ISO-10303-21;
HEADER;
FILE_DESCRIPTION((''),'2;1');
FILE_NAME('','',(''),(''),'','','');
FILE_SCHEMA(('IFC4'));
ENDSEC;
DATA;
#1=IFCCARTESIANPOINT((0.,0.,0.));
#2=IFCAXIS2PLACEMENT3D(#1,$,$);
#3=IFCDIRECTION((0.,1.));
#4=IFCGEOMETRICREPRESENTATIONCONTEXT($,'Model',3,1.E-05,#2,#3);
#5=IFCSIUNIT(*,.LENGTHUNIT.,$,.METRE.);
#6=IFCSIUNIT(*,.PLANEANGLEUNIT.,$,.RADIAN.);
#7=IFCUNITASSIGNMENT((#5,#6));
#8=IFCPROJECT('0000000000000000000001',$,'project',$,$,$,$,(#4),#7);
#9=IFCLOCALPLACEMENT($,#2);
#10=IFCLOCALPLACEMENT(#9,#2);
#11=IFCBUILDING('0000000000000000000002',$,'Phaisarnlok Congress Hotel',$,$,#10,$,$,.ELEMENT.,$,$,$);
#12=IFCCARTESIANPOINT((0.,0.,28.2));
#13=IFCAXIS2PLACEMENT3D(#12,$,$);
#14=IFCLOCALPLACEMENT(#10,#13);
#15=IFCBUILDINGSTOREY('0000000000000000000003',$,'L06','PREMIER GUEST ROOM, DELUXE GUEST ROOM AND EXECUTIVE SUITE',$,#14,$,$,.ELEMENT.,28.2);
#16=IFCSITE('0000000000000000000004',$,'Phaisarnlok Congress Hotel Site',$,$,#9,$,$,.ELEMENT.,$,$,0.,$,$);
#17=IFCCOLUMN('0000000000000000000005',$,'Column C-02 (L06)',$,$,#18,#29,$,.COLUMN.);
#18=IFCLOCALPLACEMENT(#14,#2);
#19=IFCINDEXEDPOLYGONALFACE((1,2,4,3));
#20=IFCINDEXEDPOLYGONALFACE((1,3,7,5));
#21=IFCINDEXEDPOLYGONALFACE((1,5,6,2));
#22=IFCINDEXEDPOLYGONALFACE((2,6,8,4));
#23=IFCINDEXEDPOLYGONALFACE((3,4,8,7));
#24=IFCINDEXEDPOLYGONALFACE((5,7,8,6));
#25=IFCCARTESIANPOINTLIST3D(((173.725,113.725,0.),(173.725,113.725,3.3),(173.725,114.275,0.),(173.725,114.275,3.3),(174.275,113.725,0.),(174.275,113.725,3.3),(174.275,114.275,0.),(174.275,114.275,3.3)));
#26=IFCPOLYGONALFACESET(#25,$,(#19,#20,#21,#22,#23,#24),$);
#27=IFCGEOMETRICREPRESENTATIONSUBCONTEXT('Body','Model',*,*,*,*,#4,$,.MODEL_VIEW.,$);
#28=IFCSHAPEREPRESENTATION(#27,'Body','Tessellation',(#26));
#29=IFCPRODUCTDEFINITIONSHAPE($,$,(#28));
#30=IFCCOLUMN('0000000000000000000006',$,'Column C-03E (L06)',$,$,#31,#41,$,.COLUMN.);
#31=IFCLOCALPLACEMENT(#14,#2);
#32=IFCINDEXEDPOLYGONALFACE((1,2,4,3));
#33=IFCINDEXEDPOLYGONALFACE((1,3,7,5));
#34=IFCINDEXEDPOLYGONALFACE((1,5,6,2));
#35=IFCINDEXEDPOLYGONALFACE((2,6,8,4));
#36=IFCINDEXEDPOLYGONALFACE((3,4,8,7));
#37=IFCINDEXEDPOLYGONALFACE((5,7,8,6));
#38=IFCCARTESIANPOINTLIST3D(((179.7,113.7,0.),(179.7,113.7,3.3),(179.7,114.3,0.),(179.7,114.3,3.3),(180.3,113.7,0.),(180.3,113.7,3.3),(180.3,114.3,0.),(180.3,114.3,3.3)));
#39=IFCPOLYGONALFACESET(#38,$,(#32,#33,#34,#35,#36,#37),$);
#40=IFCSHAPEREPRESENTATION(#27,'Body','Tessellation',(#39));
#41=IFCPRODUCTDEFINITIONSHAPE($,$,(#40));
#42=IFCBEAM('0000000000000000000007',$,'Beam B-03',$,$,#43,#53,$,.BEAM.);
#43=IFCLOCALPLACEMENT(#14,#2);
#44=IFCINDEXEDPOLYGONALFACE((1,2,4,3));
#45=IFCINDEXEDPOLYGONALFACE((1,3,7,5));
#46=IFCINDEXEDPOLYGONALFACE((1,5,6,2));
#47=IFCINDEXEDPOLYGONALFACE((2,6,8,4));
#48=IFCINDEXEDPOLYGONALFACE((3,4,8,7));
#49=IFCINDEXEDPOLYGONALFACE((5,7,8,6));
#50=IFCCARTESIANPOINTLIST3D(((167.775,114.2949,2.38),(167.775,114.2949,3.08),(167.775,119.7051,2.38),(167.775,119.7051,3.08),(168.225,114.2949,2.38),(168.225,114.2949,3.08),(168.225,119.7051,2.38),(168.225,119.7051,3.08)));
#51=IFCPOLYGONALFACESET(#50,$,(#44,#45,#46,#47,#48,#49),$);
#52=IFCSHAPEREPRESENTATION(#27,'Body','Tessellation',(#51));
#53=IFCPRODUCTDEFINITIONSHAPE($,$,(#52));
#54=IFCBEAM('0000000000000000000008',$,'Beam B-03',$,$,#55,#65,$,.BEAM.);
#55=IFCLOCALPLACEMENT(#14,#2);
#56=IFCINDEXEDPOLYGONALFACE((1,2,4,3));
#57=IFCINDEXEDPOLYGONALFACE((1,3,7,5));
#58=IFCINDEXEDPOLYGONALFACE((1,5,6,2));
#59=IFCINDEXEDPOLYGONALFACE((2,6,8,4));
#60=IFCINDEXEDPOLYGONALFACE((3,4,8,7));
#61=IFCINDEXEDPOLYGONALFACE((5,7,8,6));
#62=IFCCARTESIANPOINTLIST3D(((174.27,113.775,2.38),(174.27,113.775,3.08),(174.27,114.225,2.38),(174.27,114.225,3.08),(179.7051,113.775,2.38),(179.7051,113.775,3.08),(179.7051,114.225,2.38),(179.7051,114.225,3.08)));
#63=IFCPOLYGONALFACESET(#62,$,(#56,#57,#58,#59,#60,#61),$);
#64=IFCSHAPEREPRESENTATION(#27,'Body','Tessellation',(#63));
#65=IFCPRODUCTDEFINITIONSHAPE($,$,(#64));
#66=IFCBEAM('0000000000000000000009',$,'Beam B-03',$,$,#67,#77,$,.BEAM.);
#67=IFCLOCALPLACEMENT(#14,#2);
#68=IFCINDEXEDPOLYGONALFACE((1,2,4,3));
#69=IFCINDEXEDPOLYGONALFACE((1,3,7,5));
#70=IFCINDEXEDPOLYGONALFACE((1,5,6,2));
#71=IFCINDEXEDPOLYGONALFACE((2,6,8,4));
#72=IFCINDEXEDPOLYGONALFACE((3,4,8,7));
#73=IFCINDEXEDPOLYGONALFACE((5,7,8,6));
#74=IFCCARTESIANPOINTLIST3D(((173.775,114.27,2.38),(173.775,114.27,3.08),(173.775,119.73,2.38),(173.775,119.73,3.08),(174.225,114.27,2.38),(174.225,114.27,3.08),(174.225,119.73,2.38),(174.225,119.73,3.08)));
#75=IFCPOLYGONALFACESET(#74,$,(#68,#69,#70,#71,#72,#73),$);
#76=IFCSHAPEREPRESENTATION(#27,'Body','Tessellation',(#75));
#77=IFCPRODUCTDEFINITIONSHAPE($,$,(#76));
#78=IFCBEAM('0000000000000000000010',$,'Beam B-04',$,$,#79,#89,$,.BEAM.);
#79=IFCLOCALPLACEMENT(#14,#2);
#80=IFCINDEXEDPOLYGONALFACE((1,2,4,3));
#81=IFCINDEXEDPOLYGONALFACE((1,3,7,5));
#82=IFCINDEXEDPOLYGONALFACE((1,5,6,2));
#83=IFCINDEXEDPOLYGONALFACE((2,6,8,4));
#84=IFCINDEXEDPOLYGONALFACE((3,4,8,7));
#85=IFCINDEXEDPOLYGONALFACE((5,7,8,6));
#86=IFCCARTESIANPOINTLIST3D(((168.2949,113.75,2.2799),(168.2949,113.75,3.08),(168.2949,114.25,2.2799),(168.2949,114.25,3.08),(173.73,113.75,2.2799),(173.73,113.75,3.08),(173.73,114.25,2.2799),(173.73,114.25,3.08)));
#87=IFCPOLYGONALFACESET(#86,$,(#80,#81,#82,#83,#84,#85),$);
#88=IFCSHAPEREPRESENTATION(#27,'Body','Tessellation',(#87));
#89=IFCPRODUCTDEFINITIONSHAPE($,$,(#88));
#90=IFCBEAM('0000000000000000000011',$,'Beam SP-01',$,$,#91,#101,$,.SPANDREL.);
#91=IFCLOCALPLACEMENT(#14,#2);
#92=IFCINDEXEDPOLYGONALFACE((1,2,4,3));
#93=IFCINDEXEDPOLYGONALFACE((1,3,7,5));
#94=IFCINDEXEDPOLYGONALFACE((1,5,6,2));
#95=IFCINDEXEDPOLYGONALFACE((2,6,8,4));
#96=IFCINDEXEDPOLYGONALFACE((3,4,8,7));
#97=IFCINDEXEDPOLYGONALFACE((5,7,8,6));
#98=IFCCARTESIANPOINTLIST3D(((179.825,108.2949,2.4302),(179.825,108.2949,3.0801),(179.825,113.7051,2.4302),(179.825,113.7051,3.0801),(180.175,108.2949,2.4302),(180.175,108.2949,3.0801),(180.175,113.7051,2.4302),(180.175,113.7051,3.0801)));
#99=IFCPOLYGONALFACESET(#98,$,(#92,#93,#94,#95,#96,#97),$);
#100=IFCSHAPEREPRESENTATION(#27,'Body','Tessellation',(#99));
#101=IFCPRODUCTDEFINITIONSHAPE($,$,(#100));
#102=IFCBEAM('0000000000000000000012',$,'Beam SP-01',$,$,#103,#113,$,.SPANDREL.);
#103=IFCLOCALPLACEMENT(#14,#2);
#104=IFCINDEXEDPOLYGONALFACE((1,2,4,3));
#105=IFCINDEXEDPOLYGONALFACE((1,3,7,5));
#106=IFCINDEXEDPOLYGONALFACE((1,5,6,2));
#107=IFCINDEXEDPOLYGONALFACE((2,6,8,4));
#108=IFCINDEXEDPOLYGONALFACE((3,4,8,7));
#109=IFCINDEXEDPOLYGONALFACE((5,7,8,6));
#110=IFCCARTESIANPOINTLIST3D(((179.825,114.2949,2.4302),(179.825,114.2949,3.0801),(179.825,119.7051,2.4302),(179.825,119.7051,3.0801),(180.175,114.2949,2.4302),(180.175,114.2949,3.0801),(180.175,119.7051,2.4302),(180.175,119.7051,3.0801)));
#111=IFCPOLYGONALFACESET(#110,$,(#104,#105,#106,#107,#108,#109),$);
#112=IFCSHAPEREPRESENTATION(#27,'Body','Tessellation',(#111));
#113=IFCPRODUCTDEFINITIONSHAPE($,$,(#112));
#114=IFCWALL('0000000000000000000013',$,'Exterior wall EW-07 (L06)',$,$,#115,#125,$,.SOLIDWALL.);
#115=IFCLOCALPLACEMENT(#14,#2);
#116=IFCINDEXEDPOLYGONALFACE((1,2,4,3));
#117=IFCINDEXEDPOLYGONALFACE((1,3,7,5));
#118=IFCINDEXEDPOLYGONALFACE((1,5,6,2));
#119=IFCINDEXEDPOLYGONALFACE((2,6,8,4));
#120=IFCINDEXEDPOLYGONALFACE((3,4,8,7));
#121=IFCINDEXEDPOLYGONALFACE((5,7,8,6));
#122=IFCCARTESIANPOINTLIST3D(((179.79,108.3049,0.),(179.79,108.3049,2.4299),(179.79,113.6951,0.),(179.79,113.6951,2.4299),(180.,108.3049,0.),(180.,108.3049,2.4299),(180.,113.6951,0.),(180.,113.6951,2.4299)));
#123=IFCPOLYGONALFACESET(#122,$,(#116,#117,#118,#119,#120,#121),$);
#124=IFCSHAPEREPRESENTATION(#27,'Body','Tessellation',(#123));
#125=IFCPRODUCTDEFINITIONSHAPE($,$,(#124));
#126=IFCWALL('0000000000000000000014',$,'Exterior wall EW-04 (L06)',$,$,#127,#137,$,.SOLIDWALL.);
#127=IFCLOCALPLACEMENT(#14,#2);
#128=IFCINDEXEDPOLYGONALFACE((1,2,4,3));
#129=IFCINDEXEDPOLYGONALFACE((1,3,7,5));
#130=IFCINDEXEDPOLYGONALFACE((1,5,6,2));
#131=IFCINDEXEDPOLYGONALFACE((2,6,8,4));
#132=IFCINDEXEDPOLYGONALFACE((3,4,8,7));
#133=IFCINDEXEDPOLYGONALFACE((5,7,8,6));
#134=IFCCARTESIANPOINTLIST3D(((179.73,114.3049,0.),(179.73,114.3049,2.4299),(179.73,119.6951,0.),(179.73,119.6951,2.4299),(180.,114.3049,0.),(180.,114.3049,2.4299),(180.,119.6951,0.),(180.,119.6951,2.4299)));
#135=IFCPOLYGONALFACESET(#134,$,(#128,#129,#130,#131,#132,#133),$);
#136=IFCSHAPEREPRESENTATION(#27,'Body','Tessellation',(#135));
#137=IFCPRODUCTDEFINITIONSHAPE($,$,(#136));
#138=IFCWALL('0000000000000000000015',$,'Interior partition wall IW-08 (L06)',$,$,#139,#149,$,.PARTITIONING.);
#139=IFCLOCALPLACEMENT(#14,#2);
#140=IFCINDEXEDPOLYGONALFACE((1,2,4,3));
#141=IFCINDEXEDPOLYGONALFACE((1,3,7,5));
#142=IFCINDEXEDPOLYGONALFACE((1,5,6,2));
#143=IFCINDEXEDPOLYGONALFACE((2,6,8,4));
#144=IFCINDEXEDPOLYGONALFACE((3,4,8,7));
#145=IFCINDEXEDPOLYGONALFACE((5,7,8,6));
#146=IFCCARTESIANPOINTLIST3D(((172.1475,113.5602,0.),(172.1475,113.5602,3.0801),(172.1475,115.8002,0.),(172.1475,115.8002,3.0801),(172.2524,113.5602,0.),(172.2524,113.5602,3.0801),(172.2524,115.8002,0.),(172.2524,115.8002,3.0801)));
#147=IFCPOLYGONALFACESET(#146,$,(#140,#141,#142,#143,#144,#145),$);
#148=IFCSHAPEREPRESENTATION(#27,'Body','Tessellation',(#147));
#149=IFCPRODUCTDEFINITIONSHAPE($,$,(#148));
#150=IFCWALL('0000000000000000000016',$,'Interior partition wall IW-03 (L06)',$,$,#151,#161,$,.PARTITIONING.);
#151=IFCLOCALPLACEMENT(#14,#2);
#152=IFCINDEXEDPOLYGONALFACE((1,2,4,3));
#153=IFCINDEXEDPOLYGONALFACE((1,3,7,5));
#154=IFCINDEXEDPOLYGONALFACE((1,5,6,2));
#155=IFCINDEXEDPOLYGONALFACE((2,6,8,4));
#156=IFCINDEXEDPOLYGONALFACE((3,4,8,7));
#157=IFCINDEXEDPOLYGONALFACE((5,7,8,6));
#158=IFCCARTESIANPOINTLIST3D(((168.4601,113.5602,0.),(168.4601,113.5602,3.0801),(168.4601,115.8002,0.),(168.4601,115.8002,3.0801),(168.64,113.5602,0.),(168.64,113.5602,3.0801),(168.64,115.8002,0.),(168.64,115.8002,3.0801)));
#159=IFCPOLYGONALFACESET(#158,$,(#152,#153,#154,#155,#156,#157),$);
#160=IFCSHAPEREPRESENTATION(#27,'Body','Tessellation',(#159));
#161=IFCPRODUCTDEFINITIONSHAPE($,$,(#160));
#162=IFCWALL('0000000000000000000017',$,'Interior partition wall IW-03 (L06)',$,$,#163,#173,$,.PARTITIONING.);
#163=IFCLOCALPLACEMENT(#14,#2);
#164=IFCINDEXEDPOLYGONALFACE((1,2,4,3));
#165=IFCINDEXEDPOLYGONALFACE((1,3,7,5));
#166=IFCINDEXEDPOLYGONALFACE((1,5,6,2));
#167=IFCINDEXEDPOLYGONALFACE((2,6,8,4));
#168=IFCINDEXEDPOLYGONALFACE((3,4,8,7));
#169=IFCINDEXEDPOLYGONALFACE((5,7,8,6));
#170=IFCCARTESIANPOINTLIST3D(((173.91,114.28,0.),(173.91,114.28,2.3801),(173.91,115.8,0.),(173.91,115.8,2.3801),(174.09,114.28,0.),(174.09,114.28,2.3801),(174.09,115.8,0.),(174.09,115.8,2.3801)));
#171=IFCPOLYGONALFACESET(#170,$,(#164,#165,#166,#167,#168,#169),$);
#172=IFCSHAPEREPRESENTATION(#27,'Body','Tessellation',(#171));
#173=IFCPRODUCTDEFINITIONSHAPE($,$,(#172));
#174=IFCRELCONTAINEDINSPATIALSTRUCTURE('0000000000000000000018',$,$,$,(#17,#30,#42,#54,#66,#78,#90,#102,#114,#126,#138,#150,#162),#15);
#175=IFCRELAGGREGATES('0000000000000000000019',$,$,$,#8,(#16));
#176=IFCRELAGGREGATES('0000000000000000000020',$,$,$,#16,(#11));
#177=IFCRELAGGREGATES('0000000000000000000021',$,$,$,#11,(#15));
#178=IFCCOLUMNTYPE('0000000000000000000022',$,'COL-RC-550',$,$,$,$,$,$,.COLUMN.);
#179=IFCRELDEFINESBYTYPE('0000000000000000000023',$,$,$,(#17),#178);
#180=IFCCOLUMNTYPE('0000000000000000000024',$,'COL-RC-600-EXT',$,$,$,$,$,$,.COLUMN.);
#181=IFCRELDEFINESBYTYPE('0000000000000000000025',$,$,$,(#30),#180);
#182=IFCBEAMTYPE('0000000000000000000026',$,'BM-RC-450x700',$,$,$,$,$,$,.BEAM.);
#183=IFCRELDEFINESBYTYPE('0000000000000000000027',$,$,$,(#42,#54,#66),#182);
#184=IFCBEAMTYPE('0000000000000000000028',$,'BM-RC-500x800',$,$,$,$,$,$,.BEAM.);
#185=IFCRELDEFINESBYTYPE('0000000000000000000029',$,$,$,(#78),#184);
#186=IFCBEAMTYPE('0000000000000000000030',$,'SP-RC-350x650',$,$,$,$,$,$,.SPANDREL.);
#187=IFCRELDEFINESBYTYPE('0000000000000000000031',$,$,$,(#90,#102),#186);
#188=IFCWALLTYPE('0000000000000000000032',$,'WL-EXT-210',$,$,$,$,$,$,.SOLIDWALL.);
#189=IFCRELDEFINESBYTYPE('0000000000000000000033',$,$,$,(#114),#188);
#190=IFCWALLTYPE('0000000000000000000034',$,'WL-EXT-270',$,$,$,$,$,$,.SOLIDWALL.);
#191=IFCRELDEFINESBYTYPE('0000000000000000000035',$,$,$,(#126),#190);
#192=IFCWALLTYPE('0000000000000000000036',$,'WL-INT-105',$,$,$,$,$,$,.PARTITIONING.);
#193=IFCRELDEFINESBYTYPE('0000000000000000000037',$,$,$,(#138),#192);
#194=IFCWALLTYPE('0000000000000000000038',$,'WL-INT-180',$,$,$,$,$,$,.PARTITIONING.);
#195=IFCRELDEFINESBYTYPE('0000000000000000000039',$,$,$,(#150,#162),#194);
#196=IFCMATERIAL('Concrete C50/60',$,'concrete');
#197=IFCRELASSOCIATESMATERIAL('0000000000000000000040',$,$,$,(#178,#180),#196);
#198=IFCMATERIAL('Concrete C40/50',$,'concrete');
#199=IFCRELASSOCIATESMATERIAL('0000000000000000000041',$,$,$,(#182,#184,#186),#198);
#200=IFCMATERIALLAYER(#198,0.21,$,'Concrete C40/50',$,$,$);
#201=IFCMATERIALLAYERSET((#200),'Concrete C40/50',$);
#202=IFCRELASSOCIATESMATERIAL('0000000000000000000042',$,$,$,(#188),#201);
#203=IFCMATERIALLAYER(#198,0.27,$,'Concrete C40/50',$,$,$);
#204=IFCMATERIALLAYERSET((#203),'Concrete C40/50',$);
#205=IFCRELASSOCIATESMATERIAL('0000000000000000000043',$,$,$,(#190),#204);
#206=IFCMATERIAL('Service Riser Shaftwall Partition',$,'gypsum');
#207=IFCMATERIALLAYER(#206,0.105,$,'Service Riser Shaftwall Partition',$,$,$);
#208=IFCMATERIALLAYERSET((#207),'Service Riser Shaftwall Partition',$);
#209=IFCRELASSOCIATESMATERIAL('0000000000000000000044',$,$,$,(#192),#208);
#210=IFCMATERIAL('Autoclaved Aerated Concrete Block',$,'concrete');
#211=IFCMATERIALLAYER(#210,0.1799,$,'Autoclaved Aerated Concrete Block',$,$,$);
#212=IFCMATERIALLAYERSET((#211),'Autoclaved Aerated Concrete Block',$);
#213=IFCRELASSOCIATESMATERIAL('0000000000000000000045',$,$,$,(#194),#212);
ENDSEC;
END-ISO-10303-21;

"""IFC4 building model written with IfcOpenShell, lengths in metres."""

from ifc_helpers import new_model, si_unit, direction, frame, frame_2d, origin, origin_2d, place, context, subcontext, project, spatial, rectangle, extrude, material, layer, layer_set, material_profile, profile_set, type_object, element, save


model = new_model("IFC4")

# Units and contexts
model_context = context("Model", 3, precision=1e-05, world=origin(), true_north=direction((0.0, 1.0)))
body_context = subcontext(model_context, "Body", "Model", "MODEL_VIEW")
ifc_project = project(units=[si_unit("LENGTHUNIT", "METRE"), si_unit("PLANEANGLEUNIT", "RADIAN")], contexts=[model_context])

# Site, building, storey
site_placement = place(None, origin())
site = spatial("IfcSite", under=ifc_project, at=site_placement, Name="Phaisarnlok Congress Hotel Site", CompositionType="ELEMENT", RefElevation=0.0)
building_placement = place(site_placement, origin())
building = spatial("IfcBuilding", under=site, at=building_placement, Name="Phaisarnlok Congress Hotel", CompositionType="ELEMENT")
storey_placement = place(building_placement, frame((0.0, 0.0, 28.2)))
storey = spatial("IfcBuildingStorey", under=building, at=storey_placement, Name="L06", Description="PREMIER GUEST ROOM, DELUXE GUEST ROOM AND EXECUTIVE SUITE", CompositionType="ELEMENT", Elevation=28.2)

# Columns
ifc_material_1 = material(Name="Concrete C50/60", Category="concrete")
ifc_material_profile_1 = material_profile(ifc_material_1, rectangle(XDim=0.55, YDim=0.55, at=origin_2d()), Name="RC 550x550")
ifc_profile_set_1 = profile_set([ifc_material_profile_1], Name="Concrete C50/60")
column_type_1 = type_object("IfcColumnType", Name="COL-RC-550", PredefinedType="COLUMN", material=ifc_profile_set_1)
column_1_placement = place(storey_placement, frame((174.0, 114.0, 0.0), z_axis=(0.0, 0.0, 1.0), x_axis=(1.0, 0.0, 0.0)))
element("IfcColumn", 1, at=column_1_placement, inside=storey, type_object=column_type_1, Name="Column C-02 (L06)", PredefinedType="COLUMN", context=body_context, shape_type="SweptSolid", body=[
    extrude(rectangle(XDim=0.55, YDim=0.55, at=origin_2d()), origin(), (0.0, 0.0, 1.0), 3.3),
])
ifc_material_profile_2 = material_profile(ifc_material_1, rectangle(XDim=0.6001, YDim=0.6001, at=origin_2d()), Name="RC 600x600")
ifc_profile_set_2 = profile_set([ifc_material_profile_2], Name="Concrete C50/60")
column_type_2 = type_object("IfcColumnType", Name="COL-RC-600-EXT", PredefinedType="COLUMN", material=ifc_profile_set_2)
column_2_placement = place(storey_placement, frame((180.0, 114.0, 0.0), z_axis=(0.0, 0.0, 1.0), x_axis=(1.0, 0.0, 0.0)))
element("IfcColumn", 2, at=column_2_placement, inside=storey, type_object=column_type_2, Name="Column C-03E (L06)", PredefinedType="COLUMN", context=body_context, shape_type="SweptSolid", body=[
    extrude(rectangle(XDim=0.6001, YDim=0.6001, at=origin_2d()), origin(), (0.0, 0.0, 1.0), 3.3),
])

# Beams
ifc_material_2 = material(Name="Concrete C40/50", Category="concrete")
ifc_material_profile_3 = material_profile(ifc_material_2, rectangle(XDim=0.45, YDim=0.7, at=origin_2d()), Name="RC 450x700")
ifc_profile_set_3 = profile_set([ifc_material_profile_3], Name="Concrete C40/50")
beam_type_1 = type_object("IfcBeamType", Name="BM-RC-450x700", PredefinedType="BEAM", material=ifc_profile_set_3)
beam_1_placement = place(storey_placement, frame((168.0, 114.2949, 2.73), z_axis=(0.0, 1.0, 0.0), x_axis=(-1.0, 0.0, 0.0)))
element("IfcBeam", 3, at=beam_1_placement, inside=storey, type_object=beam_type_1, Name="Beam B-03", PredefinedType="BEAM", context=body_context, shape_type="SweptSolid", body=[
    extrude(rectangle(XDim=0.45, YDim=0.7, at=origin_2d()), origin(), (0.0, 0.0, 1.0), 5.4102),
])
beam_2_placement = place(storey_placement, frame((174.27, 114.0, 2.73), z_axis=(1.0, 0.0, 0.0), x_axis=(0.0, 1.0, 0.0)))
element("IfcBeam", 4, at=beam_2_placement, inside=storey, type_object=beam_type_1, Name="Beam B-03", PredefinedType="BEAM", context=body_context, shape_type="SweptSolid", body=[
    extrude(rectangle(XDim=0.45, YDim=0.7, at=origin_2d()), origin(), (0.0, 0.0, 1.0), 5.4351),
])
beam_3_placement = place(storey_placement, frame((174.0, 114.27, 2.73), z_axis=(0.0, 1.0, 0.0), x_axis=(-1.0, 0.0, 0.0)))
element("IfcBeam", 5, at=beam_3_placement, inside=storey, type_object=beam_type_1, Name="Beam B-03", PredefinedType="BEAM", context=body_context, shape_type="SweptSolid", body=[
    extrude(rectangle(XDim=0.45, YDim=0.7, at=origin_2d()), origin(), (0.0, 0.0, 1.0), 5.46),
])
ifc_material_profile_4 = material_profile(ifc_material_2, rectangle(XDim=0.5, YDim=0.8, at=origin_2d()), Name="RC 500x800")
ifc_profile_set_4 = profile_set([ifc_material_profile_4], Name="Concrete C40/50")
beam_type_2 = type_object("IfcBeamType", Name="BM-RC-500x800", PredefinedType="BEAM", material=ifc_profile_set_4)
beam_4_placement = place(storey_placement, frame((168.2949, 114.0, 2.6799), z_axis=(1.0, 0.0, 0.0), x_axis=(0.0, 1.0, 0.0)))
element("IfcBeam", 6, at=beam_4_placement, inside=storey, type_object=beam_type_2, Name="Beam B-04", PredefinedType="BEAM", context=body_context, shape_type="SweptSolid", body=[
    extrude(rectangle(XDim=0.5, YDim=0.8, at=origin_2d()), origin(), (0.0, 0.0, 1.0), 5.4351),
])
ifc_material_profile_5 = material_profile(ifc_material_2, rectangle(XDim=0.3501, YDim=0.6499, at=origin_2d()), Name="RC 350x650")
ifc_profile_set_5 = profile_set([ifc_material_profile_5], Name="Concrete C40/50")
beam_type_3 = type_object("IfcBeamType", Name="SP-RC-350x650", PredefinedType="SPANDREL", material=ifc_profile_set_5)
for number, where, z_axis, x_axis, name in (
    (7, (180.0, 108.2949, 2.7551), (0.0, 1.0, 0.0), (-1.0, 0.0, 0.0), "Beam SP-01"),
    (8, (180.0, 114.2949, 2.7551), (0.0, 1.0, 0.0), (-1.0, 0.0, 0.0), "Beam SP-01"),
):
    element("IfcBeam", number, at=place(storey_placement, frame(where, z_axis=z_axis, x_axis=x_axis)), inside=storey, type_object=beam_type_3, Name=name, PredefinedType="SPANDREL", context=body_context, shape_type="SweptSolid", body=[
        extrude(rectangle(XDim=0.3501, YDim=0.6499, at=origin_2d()), origin(), (0.0, 0.0, 1.0), 5.4102),
    ])

# Walls
ifc_layer_1 = layer(ifc_material_2, 0.21, Name="Concrete C40/50")
ifc_layer_set_1 = layer_set([ifc_layer_1], Name="Concrete C40/50")
wall_type_1 = type_object("IfcWallType", Name="WL-EXT-210", PredefinedType="SOLIDWALL", material=ifc_layer_set_1)
wall_1_placement = place(storey_placement, frame((179.895, 108.3049, 0.0), z_axis=(0.0, 0.0, 1.0), x_axis=(0.0, 1.0, 0.0)))
element("IfcWall", 9, at=wall_1_placement, inside=storey, type_object=wall_type_1, Name="Exterior wall EW-07 (L06)", PredefinedType="SOLIDWALL", context=body_context, shape_type="SweptSolid", body=[
    extrude(rectangle(XDim=5.3901, YDim=0.21, at=frame_2d((2.6951, 0.0))), origin(), (0.0, 0.0, 1.0), 2.4299),
])
ifc_layer_2 = layer(ifc_material_2, 0.27, Name="Concrete C40/50")
ifc_layer_set_2 = layer_set([ifc_layer_2], Name="Concrete C40/50")
wall_type_2 = type_object("IfcWallType", Name="WL-EXT-270", PredefinedType="SOLIDWALL", material=ifc_layer_set_2)
wall_2_placement = place(storey_placement, frame((179.865, 114.3049, 0.0), z_axis=(0.0, 0.0, 1.0), x_axis=(0.0, 1.0, 0.0)))
element("IfcWall", 10, at=wall_2_placement, inside=storey, type_object=wall_type_2, Name="Exterior wall EW-04 (L06)", PredefinedType="SOLIDWALL", context=body_context, shape_type="SweptSolid", body=[
    extrude(rectangle(XDim=5.3901, YDim=0.27, at=frame_2d((2.6951, 0.0))), origin(), (0.0, 0.0, 1.0), 2.4299),
])
ifc_material_3 = material(Name="Service Riser Shaftwall Partition", Category="gypsum")
ifc_layer_3 = layer(ifc_material_3, 0.105, Name="Service Riser Shaftwall Partition")
ifc_layer_set_3 = layer_set([ifc_layer_3], Name="Service Riser Shaftwall Partition")
wall_type_3 = type_object("IfcWallType", Name="WL-INT-105", PredefinedType="PARTITIONING", material=ifc_layer_set_3)
wall_3_placement = place(storey_placement, frame((172.2, 113.5601, 0.0), z_axis=(0.0, 0.0, 1.0), x_axis=(0.0, 1.0, 0.0)))
element("IfcWall", 11, at=wall_3_placement, inside=storey, type_object=wall_type_3, Name="Interior partition wall IW-08 (L06)", PredefinedType="PARTITIONING", context=body_context, shape_type="SweptSolid", body=[
    extrude(rectangle(XDim=2.24, YDim=0.105, at=frame_2d((1.1201, 0.0))), origin(), (0.0, 0.0, 1.0), 3.0801),
])
ifc_material_4 = material(Name="Autoclaved Aerated Concrete Block", Category="concrete")
ifc_layer_4 = layer(ifc_material_4, 0.1799, Name="Autoclaved Aerated Concrete Block")
ifc_layer_set_4 = layer_set([ifc_layer_4], Name="Autoclaved Aerated Concrete Block")
wall_type_4 = type_object("IfcWallType", Name="WL-INT-180", PredefinedType="PARTITIONING", material=ifc_layer_set_4)
wall_4_placement = place(storey_placement, frame((168.55, 113.5601, 0.0), z_axis=(0.0, 0.0, 1.0), x_axis=(0.0, 1.0, 0.0)))
element("IfcWall", 12, at=wall_4_placement, inside=storey, type_object=wall_type_4, Name="Interior partition wall IW-03 (L06)", PredefinedType="PARTITIONING", context=body_context, shape_type="SweptSolid", body=[
    extrude(rectangle(XDim=2.24, YDim=0.1799, at=frame_2d((1.1201, 0.0))), origin(), (0.0, 0.0, 1.0), 3.0801),
])
wall_5_placement = place(storey_placement, frame((174.0, 114.28, 0.0), z_axis=(0.0, 0.0, 1.0), x_axis=(0.0, 1.0, 0.0)))
element("IfcWall", 13, at=wall_5_placement, inside=storey, type_object=wall_type_4, Name="Interior partition wall IW-03 (L06)", PredefinedType="PARTITIONING", context=body_context, shape_type="SweptSolid", body=[
    extrude(rectangle(XDim=1.52, YDim=0.1799, at=frame_2d((0.76, 0.0))), origin(), (0.0, 0.0, 1.0), 2.3801),
])

save(model, "model.ifc")
